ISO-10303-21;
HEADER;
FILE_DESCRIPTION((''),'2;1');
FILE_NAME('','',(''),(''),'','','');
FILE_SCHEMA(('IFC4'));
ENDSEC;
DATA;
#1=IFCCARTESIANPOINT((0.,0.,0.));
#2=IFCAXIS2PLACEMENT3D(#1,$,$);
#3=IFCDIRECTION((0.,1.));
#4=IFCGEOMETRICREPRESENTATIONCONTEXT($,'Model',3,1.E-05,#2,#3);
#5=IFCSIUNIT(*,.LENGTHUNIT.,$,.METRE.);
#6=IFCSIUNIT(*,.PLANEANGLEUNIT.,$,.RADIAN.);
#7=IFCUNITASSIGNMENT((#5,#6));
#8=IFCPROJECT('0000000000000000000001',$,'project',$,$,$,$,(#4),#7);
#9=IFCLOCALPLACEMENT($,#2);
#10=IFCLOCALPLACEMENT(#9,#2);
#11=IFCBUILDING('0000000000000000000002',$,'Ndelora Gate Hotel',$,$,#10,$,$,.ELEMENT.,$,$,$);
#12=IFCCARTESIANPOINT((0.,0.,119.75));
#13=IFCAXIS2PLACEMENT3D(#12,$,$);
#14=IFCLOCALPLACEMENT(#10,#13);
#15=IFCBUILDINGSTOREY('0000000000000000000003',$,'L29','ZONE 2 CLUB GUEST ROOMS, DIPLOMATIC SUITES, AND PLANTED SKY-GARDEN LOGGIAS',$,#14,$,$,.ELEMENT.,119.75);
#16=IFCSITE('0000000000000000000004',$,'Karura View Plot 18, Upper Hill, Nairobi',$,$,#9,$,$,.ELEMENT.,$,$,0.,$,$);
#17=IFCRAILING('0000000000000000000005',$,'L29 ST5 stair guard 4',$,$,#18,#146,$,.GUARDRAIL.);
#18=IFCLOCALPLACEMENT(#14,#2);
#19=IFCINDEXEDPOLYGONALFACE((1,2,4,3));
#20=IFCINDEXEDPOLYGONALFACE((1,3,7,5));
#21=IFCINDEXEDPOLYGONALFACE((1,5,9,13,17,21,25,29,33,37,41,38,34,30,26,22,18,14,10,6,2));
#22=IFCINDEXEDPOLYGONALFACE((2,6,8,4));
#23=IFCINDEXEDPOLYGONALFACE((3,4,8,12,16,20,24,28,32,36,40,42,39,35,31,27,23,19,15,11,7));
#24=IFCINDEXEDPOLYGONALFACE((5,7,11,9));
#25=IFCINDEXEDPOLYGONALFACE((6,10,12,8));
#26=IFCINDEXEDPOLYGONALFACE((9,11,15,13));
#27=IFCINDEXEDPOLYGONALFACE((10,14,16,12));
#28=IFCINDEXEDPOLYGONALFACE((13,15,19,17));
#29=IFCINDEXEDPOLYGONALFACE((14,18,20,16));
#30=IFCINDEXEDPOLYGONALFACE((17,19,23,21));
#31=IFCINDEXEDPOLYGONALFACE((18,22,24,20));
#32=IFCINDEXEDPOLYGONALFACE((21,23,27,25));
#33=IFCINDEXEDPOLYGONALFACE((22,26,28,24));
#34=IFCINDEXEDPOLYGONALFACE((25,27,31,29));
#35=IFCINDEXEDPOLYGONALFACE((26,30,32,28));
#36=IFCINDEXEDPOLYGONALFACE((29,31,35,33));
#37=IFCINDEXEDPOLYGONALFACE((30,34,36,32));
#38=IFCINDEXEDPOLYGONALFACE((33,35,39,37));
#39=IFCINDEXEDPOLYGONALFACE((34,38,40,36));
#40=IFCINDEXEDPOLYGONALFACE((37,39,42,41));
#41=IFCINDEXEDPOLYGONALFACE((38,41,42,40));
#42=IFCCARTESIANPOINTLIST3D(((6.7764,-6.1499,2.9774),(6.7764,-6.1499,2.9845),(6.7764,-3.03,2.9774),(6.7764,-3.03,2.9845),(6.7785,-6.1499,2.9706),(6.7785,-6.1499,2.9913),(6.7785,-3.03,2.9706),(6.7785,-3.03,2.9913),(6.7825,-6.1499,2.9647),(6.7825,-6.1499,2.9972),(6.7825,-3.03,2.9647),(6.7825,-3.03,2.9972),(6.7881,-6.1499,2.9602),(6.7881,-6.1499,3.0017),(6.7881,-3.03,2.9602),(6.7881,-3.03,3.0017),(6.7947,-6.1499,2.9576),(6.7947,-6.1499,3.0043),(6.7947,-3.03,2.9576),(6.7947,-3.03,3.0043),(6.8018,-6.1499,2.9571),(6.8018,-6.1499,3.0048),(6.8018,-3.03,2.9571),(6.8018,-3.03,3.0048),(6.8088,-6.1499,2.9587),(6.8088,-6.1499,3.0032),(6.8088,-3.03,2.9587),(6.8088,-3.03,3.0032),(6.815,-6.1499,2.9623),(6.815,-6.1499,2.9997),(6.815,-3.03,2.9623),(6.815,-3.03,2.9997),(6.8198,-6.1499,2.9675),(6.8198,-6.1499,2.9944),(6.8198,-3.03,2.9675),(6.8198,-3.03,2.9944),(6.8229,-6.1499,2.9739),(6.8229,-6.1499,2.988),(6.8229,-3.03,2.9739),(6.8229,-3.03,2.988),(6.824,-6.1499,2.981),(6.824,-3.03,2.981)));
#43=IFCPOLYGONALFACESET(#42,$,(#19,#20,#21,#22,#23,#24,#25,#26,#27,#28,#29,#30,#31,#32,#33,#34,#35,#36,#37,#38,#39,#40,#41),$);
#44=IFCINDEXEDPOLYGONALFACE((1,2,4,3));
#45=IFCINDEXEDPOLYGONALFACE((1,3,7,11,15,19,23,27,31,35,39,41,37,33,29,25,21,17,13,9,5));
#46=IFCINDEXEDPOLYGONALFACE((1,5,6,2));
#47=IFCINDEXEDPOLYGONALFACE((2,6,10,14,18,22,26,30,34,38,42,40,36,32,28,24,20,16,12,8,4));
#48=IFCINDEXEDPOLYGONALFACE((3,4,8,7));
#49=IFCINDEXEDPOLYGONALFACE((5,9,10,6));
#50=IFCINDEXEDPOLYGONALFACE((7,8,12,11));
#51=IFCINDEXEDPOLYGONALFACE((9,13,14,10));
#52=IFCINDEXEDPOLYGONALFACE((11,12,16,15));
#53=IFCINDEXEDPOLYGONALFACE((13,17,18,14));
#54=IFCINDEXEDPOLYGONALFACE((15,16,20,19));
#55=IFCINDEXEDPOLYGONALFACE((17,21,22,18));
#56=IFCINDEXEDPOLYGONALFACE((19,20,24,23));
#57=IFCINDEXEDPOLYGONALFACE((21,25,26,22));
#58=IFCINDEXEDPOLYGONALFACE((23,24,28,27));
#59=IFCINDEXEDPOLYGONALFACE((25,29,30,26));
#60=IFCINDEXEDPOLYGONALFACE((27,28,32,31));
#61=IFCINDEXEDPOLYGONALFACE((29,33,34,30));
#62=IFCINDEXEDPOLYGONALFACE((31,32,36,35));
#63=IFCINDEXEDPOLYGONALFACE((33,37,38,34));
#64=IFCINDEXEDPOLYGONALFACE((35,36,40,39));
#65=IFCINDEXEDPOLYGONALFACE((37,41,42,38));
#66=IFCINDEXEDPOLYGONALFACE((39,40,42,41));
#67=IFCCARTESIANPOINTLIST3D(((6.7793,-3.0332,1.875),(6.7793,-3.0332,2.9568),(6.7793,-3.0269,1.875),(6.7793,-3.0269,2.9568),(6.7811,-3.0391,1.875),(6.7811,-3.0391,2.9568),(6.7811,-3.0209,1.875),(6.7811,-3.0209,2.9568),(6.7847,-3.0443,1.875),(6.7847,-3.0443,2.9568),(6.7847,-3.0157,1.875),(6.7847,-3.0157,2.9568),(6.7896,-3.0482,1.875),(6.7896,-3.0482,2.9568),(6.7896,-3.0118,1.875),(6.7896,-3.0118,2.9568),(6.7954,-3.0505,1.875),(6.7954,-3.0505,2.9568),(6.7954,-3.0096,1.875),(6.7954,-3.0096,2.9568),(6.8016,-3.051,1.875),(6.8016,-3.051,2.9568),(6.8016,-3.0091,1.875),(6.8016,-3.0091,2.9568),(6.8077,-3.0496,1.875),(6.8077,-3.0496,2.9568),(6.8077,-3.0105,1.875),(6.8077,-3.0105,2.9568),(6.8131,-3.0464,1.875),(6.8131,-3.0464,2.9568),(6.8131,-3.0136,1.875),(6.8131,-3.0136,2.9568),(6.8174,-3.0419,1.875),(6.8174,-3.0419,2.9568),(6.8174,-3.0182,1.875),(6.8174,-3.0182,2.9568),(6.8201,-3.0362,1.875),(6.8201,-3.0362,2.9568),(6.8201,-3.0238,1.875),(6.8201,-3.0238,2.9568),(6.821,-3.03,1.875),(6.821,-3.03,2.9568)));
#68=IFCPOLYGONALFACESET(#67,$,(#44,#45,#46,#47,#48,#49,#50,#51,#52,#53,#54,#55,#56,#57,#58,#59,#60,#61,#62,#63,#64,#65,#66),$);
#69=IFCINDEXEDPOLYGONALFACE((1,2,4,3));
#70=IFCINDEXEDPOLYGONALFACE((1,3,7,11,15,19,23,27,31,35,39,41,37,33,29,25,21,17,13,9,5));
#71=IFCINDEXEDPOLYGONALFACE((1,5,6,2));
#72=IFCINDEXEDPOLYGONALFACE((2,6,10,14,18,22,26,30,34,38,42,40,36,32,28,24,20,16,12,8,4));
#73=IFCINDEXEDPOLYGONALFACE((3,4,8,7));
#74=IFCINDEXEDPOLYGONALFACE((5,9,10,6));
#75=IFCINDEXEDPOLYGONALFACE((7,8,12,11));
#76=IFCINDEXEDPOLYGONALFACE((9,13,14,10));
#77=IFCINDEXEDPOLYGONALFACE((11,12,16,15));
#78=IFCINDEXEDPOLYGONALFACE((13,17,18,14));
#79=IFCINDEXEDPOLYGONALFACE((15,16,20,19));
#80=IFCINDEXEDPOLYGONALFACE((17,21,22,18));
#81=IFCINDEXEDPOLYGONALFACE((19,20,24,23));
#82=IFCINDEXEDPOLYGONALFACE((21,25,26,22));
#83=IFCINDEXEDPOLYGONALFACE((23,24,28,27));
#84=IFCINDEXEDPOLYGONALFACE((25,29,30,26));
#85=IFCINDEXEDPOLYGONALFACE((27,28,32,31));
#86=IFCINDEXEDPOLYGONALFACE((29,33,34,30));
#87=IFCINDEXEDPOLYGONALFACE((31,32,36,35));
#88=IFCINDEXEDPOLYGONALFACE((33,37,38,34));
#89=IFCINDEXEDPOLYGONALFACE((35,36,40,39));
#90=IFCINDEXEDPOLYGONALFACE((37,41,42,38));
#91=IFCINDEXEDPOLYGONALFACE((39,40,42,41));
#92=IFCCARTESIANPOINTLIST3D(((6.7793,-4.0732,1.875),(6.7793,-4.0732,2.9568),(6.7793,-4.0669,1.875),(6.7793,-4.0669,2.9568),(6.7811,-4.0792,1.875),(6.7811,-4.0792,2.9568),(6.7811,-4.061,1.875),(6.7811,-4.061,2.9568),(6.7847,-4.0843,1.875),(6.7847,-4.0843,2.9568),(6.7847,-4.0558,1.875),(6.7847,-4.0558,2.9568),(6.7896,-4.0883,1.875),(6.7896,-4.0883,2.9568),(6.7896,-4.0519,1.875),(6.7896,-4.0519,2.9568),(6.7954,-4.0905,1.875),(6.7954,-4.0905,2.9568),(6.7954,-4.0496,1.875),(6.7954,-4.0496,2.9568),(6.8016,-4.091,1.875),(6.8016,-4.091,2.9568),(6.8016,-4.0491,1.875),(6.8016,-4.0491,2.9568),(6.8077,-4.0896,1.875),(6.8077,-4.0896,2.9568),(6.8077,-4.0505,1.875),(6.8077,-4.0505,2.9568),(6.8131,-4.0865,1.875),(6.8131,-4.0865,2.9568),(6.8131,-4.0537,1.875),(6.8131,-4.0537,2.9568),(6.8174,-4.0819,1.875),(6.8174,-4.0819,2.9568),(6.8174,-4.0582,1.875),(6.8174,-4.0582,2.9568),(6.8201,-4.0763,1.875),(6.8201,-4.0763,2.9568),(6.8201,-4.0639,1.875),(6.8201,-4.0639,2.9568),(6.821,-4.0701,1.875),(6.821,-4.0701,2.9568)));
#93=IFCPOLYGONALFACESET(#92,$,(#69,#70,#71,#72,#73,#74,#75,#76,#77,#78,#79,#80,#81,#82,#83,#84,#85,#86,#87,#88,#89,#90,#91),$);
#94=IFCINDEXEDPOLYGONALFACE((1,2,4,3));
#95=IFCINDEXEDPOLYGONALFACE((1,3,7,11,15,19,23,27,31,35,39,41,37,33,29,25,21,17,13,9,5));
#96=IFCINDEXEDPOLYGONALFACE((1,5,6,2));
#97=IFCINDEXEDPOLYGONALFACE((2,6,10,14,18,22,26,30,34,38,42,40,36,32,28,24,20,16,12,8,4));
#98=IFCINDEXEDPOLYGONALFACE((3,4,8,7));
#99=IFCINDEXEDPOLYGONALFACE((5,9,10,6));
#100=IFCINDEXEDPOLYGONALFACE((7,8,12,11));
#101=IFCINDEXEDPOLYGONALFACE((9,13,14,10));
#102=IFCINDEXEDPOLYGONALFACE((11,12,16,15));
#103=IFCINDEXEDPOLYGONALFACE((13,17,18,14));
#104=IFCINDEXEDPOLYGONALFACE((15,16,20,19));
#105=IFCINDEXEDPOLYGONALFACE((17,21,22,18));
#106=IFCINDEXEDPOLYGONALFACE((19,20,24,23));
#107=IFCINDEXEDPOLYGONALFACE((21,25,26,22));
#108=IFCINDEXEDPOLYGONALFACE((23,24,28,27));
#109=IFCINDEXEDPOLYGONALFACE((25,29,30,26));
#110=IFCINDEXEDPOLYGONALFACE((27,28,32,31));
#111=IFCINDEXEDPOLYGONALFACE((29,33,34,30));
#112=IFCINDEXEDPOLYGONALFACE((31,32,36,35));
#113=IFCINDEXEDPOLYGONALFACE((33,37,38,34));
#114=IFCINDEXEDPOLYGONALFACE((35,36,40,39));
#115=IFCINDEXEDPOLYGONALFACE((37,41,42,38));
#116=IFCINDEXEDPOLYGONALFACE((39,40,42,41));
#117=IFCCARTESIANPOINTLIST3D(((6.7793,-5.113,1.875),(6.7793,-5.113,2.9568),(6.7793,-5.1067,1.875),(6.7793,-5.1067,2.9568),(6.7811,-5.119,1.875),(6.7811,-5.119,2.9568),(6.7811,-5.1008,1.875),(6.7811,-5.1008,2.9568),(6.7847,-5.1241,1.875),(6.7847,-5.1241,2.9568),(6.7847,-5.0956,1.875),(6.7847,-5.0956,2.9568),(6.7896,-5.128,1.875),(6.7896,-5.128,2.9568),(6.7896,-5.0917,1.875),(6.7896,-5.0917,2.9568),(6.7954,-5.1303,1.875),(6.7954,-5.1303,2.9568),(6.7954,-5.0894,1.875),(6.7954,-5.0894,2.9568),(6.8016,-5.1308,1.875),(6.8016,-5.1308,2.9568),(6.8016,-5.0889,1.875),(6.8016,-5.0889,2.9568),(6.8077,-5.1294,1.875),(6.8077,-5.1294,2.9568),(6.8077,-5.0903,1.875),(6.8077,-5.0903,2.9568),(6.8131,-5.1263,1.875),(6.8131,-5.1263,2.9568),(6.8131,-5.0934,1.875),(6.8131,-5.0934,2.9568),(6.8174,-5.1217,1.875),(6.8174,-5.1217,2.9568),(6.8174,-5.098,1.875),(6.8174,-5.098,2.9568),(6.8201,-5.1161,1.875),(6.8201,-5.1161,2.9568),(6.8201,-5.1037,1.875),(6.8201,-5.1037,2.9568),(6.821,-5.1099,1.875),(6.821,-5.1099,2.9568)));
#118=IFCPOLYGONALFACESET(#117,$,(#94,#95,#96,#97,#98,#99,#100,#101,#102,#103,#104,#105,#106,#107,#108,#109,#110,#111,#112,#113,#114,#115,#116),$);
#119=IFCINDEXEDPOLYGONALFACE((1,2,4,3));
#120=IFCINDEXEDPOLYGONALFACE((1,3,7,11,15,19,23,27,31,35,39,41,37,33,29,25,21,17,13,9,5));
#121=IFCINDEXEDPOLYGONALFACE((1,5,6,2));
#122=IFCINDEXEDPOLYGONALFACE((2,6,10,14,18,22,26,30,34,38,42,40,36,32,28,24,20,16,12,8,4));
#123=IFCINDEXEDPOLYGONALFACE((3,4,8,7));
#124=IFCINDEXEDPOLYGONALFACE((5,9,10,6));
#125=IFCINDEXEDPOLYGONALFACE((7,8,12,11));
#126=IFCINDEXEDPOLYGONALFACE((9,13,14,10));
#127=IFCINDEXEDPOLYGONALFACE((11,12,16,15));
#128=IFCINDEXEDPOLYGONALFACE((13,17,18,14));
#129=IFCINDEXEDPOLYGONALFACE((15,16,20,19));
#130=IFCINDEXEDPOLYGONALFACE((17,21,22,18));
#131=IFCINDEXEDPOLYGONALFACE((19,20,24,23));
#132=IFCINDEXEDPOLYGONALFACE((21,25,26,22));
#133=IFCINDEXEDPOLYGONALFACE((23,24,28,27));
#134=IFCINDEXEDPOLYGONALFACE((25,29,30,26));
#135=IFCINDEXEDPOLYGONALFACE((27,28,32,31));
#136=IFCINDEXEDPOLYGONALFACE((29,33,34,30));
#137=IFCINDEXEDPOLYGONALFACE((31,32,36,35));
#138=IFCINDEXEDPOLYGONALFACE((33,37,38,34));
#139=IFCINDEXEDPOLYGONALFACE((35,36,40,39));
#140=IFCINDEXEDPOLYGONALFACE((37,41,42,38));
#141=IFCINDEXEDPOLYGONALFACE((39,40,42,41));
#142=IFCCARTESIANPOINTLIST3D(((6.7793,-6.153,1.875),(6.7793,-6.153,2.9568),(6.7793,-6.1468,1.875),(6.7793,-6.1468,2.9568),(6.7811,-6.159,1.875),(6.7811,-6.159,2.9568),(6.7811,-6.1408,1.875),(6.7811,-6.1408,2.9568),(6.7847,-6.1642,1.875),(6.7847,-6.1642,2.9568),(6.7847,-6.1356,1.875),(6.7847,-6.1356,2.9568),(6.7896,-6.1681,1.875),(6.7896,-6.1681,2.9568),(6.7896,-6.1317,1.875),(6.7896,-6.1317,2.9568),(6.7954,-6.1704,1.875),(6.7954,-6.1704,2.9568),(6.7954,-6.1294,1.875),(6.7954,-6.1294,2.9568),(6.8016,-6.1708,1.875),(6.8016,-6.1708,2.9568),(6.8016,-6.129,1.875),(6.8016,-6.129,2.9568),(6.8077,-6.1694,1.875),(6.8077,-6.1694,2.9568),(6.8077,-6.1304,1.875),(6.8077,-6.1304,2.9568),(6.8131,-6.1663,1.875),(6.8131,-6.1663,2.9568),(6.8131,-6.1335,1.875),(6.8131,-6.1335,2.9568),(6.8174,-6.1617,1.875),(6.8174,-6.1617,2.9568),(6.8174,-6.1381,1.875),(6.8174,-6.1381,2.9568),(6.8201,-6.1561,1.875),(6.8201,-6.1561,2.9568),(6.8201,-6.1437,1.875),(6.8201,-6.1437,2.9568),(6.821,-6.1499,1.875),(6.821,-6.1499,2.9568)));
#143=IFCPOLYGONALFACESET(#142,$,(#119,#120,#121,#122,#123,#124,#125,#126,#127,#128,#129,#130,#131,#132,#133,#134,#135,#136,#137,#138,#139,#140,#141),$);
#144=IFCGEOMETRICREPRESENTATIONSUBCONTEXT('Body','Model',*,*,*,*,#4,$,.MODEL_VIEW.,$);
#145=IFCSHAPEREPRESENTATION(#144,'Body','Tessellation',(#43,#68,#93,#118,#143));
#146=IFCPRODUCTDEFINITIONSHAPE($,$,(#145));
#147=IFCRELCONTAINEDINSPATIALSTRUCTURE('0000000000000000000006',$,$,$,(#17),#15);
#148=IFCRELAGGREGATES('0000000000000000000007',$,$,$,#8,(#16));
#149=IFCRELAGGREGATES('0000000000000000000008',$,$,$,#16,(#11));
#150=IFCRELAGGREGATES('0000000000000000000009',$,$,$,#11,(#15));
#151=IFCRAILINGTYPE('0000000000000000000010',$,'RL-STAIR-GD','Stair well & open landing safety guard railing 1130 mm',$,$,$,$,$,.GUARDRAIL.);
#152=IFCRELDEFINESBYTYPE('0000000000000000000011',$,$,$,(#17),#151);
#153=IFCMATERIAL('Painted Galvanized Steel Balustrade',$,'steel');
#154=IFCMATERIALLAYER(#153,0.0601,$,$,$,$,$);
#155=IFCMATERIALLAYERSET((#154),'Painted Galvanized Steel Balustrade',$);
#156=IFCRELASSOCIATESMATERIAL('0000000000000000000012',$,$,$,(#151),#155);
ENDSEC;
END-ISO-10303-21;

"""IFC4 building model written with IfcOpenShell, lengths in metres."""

from ifc_helpers import new_model, si_unit, direction, frame, origin, origin_2d, place, context, subcontext, project, spatial, circle, extrude, material, layer, layer_set, type_object, element, save


model = new_model("IFC4")

# Units and contexts
model_context = context("Model", 3, precision=1e-05, world=origin(), true_north=direction((0.0, 1.0)))
body_context = subcontext(model_context, "Body", "Model", "MODEL_VIEW")
ifc_project = project(units=[si_unit("LENGTHUNIT", "METRE"), si_unit("PLANEANGLEUNIT", "RADIAN")], contexts=[model_context])

# Site, building, storey
site_placement = place(None, origin())
site = spatial("IfcSite", under=ifc_project, at=site_placement, Name="Karura View Plot 18, Upper Hill, Nairobi", CompositionType="ELEMENT", RefElevation=0.0)
building_placement = place(site_placement, origin())
building = spatial("IfcBuilding", under=site, at=building_placement, Name="Ndelora Gate Hotel", CompositionType="ELEMENT")
storey_placement = place(building_placement, frame((0.0, 0.0, 119.75)))
storey = spatial("IfcBuildingStorey", under=building, at=storey_placement, Name="L29", Description="ZONE 2 CLUB GUEST ROOMS, DIPLOMATIC SUITES, AND PLANTED SKY-GARDEN LOGGIAS", CompositionType="ELEMENT", Elevation=119.75)

# Railing
ifc_material_1 = material(Name="Painted Galvanized Steel Balustrade", Category="steel")
ifc_layer_1 = layer(ifc_material_1, 0.0601)
ifc_layer_set_1 = layer_set([ifc_layer_1], Name="Painted Galvanized Steel Balustrade")
railing_type_1 = type_object("IfcRailingType", Name="RL-STAIR-GD", Description="Stair well & open landing safety guard railing 1130 mm", PredefinedType="GUARDRAIL", material=ifc_layer_set_1)
railing_1_placement = place(storey_placement, frame((6.8, -3.03, 1.875)))
element("IfcRailing", 1, at=railing_1_placement, inside=storey, type_object=railing_type_1, Name="L29 ST5 stair guard 4", PredefinedType="GUARDRAIL", context=body_context, shape_type="SweptSolid", body=[
    extrude(circle(Radius=0.0239, at=origin_2d()), frame((0.0, 0.0, 1.106), z_axis=(0.0, -1.0, 0.0), x_axis=(1.0, 0.0, 0.0)), (0.0, 0.0, 1.0), 3.1199),
    extrude(circle(Radius=0.021, at=origin_2d()), origin(), (0.0, 0.0, 1.0), 1.0818),
    extrude(circle(Radius=0.021, at=origin_2d()), frame((0.0, -1.04, 0.0)), (0.0, 0.0, 1.0), 1.0818),
    extrude(circle(Radius=0.021, at=origin_2d()), frame((0.0, -2.0798, 0.0)), (0.0, 0.0, 1.0), 1.0818),
    extrude(circle(Radius=0.021, at=origin_2d()), frame((0.0, -3.1199, 0.0)), (0.0, 0.0, 1.0), 1.0818),
])

save(model, "model.ifc")
